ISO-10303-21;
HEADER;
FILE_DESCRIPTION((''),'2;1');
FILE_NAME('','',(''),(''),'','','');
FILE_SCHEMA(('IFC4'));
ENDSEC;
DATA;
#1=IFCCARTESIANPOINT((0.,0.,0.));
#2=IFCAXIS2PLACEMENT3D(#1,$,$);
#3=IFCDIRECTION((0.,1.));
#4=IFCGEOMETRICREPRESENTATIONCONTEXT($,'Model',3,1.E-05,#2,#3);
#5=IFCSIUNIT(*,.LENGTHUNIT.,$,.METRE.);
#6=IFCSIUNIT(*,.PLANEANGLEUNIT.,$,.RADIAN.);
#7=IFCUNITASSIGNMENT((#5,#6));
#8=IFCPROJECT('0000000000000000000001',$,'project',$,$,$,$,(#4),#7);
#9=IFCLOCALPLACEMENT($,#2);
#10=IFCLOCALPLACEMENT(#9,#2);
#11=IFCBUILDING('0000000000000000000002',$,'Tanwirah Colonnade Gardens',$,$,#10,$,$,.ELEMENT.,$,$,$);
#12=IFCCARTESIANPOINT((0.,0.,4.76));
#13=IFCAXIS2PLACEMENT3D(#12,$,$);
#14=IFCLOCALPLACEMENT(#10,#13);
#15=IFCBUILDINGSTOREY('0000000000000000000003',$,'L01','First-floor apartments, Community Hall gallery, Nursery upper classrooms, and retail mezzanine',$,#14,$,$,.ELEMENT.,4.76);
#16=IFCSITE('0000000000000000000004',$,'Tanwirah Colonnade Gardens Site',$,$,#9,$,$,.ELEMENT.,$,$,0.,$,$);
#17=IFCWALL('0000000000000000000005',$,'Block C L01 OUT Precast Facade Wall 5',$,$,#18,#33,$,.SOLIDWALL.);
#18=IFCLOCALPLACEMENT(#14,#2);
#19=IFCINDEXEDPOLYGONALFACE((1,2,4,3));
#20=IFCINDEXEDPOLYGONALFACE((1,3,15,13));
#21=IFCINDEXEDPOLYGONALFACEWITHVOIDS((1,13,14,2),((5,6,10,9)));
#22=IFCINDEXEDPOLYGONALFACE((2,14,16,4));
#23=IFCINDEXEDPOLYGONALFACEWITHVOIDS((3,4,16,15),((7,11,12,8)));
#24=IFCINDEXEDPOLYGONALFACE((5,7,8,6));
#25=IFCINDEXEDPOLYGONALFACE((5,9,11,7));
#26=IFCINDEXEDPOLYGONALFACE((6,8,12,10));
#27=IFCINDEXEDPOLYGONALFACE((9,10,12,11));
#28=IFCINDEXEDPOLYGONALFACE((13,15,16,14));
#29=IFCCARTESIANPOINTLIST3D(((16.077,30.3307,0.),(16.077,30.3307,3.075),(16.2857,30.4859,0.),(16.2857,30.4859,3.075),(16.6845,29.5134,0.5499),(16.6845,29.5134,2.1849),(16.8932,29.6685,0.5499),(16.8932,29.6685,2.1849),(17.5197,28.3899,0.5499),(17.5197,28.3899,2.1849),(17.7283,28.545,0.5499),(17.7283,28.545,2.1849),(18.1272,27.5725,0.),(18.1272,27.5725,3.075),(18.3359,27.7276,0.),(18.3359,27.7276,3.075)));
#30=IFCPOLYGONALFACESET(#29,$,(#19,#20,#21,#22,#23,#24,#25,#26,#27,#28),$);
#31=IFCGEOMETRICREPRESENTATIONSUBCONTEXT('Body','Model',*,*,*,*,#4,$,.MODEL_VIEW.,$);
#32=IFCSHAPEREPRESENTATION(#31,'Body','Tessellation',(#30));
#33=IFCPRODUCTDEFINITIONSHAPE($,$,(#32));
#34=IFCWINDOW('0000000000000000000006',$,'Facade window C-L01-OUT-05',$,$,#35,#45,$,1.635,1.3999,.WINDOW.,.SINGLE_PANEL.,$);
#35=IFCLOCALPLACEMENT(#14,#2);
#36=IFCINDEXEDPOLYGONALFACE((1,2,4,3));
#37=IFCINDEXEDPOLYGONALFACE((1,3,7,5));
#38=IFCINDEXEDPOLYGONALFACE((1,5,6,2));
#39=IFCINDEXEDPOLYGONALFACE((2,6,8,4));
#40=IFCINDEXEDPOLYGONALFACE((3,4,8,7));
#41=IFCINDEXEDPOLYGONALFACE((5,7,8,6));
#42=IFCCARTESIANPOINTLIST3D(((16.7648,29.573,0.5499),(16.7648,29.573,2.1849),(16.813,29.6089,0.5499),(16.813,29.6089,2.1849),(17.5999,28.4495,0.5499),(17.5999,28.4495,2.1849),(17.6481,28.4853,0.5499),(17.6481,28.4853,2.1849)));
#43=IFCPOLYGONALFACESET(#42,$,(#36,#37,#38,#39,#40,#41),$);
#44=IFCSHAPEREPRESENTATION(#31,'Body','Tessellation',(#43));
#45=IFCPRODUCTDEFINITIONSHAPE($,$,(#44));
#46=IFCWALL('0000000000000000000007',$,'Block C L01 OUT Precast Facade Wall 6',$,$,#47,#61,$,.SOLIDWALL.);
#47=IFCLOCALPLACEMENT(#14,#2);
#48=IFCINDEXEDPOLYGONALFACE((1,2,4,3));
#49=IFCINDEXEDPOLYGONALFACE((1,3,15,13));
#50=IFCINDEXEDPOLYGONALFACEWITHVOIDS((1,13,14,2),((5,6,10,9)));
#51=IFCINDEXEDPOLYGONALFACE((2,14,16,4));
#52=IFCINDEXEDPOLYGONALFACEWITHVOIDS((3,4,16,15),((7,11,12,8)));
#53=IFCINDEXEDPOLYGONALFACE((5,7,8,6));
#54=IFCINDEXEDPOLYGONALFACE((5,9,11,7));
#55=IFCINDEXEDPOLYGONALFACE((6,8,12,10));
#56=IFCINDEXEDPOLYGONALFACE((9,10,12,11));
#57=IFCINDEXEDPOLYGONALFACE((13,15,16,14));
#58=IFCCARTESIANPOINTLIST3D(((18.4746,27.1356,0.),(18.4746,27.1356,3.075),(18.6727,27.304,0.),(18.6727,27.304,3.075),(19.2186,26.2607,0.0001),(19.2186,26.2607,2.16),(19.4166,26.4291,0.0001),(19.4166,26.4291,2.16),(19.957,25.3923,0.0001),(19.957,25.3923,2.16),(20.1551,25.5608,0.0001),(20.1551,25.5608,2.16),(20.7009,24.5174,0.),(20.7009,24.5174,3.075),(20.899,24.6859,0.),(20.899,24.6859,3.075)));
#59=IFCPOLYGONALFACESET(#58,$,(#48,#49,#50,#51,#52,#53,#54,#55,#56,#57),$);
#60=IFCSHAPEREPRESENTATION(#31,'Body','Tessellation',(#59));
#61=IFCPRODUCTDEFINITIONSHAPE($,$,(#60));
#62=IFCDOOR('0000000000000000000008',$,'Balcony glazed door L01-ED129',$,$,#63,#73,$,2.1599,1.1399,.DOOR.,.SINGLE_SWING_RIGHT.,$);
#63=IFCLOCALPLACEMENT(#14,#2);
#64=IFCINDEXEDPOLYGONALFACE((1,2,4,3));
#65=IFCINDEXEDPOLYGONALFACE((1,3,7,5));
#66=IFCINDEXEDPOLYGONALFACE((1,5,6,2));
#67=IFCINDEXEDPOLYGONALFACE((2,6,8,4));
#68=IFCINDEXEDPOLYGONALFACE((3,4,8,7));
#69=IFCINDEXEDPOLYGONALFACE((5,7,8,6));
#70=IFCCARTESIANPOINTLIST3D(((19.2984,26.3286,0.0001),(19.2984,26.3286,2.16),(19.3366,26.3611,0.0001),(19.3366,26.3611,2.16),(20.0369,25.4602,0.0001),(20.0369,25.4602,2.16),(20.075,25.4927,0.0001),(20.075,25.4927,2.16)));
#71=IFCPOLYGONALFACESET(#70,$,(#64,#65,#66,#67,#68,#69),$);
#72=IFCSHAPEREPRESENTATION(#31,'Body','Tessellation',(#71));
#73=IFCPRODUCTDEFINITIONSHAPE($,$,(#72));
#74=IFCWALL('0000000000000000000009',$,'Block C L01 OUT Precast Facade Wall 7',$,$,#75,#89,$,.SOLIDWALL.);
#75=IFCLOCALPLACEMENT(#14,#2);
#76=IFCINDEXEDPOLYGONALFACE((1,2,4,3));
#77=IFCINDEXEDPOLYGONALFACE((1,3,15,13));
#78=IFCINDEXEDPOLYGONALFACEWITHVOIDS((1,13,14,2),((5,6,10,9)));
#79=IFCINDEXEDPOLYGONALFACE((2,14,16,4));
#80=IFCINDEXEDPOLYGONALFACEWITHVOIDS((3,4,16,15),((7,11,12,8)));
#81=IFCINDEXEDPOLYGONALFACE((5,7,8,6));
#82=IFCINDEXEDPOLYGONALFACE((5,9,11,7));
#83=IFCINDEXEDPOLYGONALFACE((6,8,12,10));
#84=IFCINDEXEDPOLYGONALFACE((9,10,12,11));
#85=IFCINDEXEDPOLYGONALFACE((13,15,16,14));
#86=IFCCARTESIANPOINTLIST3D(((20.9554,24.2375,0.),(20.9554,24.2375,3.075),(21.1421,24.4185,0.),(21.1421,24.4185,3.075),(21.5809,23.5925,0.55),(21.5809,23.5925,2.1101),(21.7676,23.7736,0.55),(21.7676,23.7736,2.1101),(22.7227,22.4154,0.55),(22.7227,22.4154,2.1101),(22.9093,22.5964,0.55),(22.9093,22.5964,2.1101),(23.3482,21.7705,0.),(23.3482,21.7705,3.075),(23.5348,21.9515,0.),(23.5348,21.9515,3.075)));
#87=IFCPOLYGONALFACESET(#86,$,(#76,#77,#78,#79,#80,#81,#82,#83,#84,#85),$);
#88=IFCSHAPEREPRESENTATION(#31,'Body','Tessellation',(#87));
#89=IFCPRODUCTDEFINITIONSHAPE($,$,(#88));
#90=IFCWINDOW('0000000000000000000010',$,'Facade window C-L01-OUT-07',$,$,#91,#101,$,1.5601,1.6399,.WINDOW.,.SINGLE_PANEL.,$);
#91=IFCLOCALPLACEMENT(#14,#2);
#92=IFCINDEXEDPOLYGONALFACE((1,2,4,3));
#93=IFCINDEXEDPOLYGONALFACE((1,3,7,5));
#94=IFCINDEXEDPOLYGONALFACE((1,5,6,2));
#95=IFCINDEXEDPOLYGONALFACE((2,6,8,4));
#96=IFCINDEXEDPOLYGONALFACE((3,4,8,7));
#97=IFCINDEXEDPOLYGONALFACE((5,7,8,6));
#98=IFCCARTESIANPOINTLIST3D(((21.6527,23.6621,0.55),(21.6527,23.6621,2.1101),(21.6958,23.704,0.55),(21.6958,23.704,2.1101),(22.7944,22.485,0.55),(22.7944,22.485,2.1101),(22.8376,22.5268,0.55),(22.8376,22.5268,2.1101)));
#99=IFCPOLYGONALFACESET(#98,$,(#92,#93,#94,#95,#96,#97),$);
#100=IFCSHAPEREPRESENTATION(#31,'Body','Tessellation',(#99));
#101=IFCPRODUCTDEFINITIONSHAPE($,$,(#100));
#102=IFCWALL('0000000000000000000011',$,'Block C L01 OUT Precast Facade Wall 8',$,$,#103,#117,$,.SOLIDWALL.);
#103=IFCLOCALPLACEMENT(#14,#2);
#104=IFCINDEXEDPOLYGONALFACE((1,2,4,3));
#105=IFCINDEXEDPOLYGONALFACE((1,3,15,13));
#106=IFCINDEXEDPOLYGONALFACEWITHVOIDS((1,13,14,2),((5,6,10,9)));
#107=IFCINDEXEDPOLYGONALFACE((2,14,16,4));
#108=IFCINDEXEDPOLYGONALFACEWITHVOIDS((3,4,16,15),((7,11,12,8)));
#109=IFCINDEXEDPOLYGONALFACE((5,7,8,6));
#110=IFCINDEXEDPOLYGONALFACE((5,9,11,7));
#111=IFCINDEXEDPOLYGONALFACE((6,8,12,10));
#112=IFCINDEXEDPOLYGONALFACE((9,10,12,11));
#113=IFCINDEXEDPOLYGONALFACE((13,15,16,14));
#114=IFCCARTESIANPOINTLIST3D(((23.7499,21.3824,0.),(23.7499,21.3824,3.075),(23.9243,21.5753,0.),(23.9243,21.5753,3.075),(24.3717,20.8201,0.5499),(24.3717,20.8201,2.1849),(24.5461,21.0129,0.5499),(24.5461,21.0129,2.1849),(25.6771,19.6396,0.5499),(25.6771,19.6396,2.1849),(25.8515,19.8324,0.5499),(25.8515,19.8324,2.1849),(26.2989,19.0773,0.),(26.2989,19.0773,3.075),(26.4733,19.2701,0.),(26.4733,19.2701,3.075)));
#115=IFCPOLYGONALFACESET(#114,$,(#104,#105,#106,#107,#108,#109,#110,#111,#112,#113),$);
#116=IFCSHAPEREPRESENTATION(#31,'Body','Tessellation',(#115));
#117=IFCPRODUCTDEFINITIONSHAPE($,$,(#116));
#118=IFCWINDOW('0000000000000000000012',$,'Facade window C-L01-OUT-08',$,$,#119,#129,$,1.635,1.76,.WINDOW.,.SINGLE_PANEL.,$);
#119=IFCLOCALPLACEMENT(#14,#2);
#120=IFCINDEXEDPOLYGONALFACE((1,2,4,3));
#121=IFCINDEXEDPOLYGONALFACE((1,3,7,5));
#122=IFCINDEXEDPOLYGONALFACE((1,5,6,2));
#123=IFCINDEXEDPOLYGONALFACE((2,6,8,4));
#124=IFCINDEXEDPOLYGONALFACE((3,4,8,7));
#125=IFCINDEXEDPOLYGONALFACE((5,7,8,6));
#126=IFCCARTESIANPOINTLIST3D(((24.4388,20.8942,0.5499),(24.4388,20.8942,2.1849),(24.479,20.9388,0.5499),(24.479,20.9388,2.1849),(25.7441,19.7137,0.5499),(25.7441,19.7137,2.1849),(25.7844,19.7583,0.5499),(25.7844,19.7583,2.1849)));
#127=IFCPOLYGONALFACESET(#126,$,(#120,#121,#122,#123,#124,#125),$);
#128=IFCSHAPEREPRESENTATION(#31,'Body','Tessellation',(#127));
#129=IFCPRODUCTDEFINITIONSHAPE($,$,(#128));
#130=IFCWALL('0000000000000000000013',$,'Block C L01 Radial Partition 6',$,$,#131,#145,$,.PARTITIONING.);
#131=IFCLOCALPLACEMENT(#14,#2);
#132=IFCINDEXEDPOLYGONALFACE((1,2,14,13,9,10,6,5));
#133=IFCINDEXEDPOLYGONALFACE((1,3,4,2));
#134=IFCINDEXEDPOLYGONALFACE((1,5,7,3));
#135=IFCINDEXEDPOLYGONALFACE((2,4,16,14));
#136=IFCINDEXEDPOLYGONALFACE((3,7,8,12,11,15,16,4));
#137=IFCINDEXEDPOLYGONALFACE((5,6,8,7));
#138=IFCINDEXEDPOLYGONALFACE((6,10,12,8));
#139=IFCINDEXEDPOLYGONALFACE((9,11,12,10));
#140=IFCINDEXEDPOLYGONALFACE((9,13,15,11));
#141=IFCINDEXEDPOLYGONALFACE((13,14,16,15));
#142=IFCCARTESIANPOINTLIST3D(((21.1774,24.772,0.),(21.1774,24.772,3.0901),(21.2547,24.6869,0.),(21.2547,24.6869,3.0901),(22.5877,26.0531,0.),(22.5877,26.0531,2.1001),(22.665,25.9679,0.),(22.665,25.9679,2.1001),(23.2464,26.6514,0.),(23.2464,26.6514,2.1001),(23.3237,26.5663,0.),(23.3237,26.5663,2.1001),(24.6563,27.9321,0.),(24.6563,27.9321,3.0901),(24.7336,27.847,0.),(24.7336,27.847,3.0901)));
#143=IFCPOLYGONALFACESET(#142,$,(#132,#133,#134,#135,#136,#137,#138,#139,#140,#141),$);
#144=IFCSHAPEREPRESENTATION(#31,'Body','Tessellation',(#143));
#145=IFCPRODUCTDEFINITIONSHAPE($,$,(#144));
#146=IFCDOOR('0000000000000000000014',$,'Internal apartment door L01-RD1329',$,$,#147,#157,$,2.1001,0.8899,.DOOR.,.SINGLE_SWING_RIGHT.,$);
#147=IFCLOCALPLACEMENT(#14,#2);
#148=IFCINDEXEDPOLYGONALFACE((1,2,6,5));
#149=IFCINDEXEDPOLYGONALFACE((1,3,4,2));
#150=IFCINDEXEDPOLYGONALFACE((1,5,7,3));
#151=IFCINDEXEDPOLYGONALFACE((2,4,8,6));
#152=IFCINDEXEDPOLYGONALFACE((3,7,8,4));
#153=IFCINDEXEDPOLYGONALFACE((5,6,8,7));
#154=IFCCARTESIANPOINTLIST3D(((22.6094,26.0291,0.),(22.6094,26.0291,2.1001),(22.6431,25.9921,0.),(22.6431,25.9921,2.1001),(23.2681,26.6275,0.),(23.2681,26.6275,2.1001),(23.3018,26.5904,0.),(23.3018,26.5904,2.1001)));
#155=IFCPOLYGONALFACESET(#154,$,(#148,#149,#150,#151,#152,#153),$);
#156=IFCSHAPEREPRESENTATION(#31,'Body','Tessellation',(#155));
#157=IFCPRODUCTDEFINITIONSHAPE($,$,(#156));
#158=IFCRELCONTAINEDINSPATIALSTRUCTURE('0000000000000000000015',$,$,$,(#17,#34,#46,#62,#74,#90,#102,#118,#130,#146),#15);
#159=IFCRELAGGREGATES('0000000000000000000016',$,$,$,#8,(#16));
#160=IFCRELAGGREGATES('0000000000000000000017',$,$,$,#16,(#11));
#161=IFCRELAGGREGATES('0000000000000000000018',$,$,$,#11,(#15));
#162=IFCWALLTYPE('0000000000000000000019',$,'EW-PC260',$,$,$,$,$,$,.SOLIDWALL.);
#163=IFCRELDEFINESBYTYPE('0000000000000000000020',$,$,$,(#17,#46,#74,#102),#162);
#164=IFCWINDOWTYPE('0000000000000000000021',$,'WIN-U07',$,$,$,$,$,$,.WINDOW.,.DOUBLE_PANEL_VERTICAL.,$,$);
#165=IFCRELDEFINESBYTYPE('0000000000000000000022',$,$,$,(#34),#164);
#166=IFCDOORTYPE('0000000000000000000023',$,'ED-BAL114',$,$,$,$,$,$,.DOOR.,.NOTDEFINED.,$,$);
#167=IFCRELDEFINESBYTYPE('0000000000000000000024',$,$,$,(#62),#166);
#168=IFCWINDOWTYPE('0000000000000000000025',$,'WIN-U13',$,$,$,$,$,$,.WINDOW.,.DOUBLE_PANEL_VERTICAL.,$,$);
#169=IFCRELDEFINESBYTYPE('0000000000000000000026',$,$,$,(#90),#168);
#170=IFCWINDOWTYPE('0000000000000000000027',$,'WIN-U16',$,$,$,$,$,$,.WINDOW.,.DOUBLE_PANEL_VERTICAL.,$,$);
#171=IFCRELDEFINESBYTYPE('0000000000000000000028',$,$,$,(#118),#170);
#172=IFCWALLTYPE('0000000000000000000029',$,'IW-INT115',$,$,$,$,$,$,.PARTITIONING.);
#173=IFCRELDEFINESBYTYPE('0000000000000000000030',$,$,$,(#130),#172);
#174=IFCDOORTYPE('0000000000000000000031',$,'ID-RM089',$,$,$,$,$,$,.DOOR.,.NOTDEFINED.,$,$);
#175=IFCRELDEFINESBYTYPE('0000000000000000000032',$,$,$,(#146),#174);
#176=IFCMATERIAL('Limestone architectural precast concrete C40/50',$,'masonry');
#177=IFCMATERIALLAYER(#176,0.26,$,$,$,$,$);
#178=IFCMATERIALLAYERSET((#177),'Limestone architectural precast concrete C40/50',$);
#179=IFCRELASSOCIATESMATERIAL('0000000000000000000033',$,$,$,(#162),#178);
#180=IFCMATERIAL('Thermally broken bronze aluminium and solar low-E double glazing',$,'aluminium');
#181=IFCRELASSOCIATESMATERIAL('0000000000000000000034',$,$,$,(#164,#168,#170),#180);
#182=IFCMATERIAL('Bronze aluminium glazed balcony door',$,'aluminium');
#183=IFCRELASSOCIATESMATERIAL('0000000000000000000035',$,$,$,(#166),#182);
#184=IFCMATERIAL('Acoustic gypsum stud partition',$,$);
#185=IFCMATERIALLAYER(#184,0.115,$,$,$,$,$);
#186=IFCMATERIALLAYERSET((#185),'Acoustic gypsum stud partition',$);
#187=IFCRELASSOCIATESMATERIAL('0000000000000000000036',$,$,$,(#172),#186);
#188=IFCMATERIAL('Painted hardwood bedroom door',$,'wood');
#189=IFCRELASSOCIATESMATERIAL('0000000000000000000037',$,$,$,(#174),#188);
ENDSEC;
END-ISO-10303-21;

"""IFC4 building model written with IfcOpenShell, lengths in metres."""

from ifc_helpers import new_model, si_unit, direction, frame, frame_2d, origin, place, context, subcontext, project, spatial, rectangle, extrude, material, layer, layer_set, type_object, element, fill, save


model = new_model("IFC4")

# Units and contexts
model_context = context("Model", 3, precision=1e-05, world=origin(), true_north=direction((0.0, 1.0)))
body_context = subcontext(model_context, "Body", "Model", "MODEL_VIEW")
ifc_project = project(units=[si_unit("LENGTHUNIT", "METRE"), si_unit("PLANEANGLEUNIT", "RADIAN")], contexts=[model_context])

# Site, building, storey
site_placement = place(None, origin())
site = spatial("IfcSite", under=ifc_project, at=site_placement, Name="Tanwirah Colonnade Gardens Site", CompositionType="ELEMENT", RefElevation=0.0)
building_placement = place(site_placement, origin())
building = spatial("IfcBuilding", under=site, at=building_placement, Name="Tanwirah Colonnade Gardens", CompositionType="ELEMENT")
storey_placement = place(building_placement, frame((0.0, 0.0, 4.76)))
storey = spatial("IfcBuildingStorey", under=building, at=storey_placement, Name="L01", Description="First-floor apartments, Community Hall gallery, Nursery upper classrooms, and retail mezzanine", CompositionType="ELEMENT", Elevation=4.76)

# Wall, opening, window
ifc_material_1 = material(Name="Limestone architectural precast concrete C40/50", Category="masonry")
ifc_layer_1 = layer(ifc_material_1, 0.26)
ifc_layer_set_1 = layer_set([ifc_layer_1], Name="Limestone architectural precast concrete C40/50")
wall_type_1 = type_object("IfcWallType", Name="EW-PC260", PredefinedType="SOLIDWALL", material=ifc_layer_set_1)
wall_1_placement = place(storey_placement, frame((16.1814, 30.4082, 0.0), z_axis=(0.0, 0.0, 1.0), x_axis=(0.596562, -0.802567, 0.0)))
wall_1 = element("IfcWall", 1, at=wall_1_placement, inside=storey, type_object=wall_type_1, Name="Block C L01 OUT Precast Facade Wall 5", PredefinedType="SOLIDWALL", context=body_context, shape_type="SweptSolid", body=[
    extrude(rectangle(XDim=3.4368, YDim=0.26, at=frame_2d((1.7183, 0.0))), origin(), (0.0, 0.0, 1.0), 3.075),
])
opening_1_placement = place(wall_1_placement, frame((1.0183, 0.0, 0.55)))
opening_1 = element("IfcOpeningElement", 2, at=opening_1_placement, cuts=wall_1, PredefinedType="OPENING", context=body_context, shape_type="SweptSolid", body=[
    extrude(rectangle(XDim=1.3999, YDim=1.635, at=frame_2d((0.7, 0.8174))), frame((0.0, 0.1399, 0.0), z_axis=(0.0, -1.0, 0.0), x_axis=(1.0, 0.0, 0.0)), (0.0, 0.0, 1.0), 0.28),
])
ifc_material_2 = material(Name="Thermally broken bronze aluminium and solar low-E double glazing", Category="aluminium")
window_type_1 = type_object("IfcWindowType", Name="WIN-U07", PartitioningType="DOUBLE_PANEL_VERTICAL", PredefinedType="WINDOW", material=ifc_material_2)
window_1_placement = place(opening_1_placement, origin())
window_1 = element("IfcWindow", 3, at=window_1_placement, inside=storey, type_object=window_type_1, Name="Facade window C-L01-OUT-05", OverallHeight=1.635, OverallWidth=1.3999, PartitioningType="SINGLE_PANEL", PredefinedType="WINDOW", context=body_context, shape_type="SweptSolid", body=[
    extrude(rectangle(XDim=1.3999, YDim=1.635, at=frame_2d((0.7, 0.8174))), frame((0.0, 0.03, 0.0), z_axis=(0.0, -1.0, 0.0), x_axis=(1.0, 0.0, 0.0)), (0.0, 0.0, 1.0), 0.0601),
])
fill(opening_1, window_1)

# Wall, opening, door
wall_2_placement = place(storey_placement, frame((18.5737, 27.2197, 0.0), z_axis=(0.0, 0.0, 1.0), x_axis=(0.647797, -0.761813, 0.0)))
wall_2 = element("IfcWall", 4, at=wall_2_placement, inside=storey, type_object=wall_type_1, Name="Block C L01 OUT Precast Facade Wall 6", PredefinedType="SOLIDWALL", context=body_context, shape_type="SweptSolid", body=[
    extrude(rectangle(XDim=3.4368, YDim=0.26, at=frame_2d((1.7183, 0.0))), origin(), (0.0, 0.0, 1.0), 3.075),
])
opening_2_placement = place(wall_2_placement, frame((1.1484, 0.0, 0.0)))
opening_2 = element("IfcOpeningElement", 5, at=opening_2_placement, cuts=wall_2, PredefinedType="OPENING", context=body_context, shape_type="SweptSolid", body=[
    extrude(rectangle(XDim=1.1399, YDim=2.1599, at=frame_2d((0.5698, 1.0801))), frame((0.0, 0.1399, 0.0), z_axis=(0.0, -1.0, 0.0), x_axis=(1.0, 0.0, 0.0)), (0.0, 0.0, 1.0), 0.28),
])
ifc_material_3 = material(Name="Bronze aluminium glazed balcony door", Category="aluminium")
door_type_1 = type_object("IfcDoorType", Name="ED-BAL114", OperationType="NOTDEFINED", PredefinedType="DOOR", material=ifc_material_3)
door_1_placement = place(opening_2_placement, origin())
door_1 = element("IfcDoor", 6, at=door_1_placement, inside=storey, type_object=door_type_1, Name="Balcony glazed door L01-ED129", OperationType="SINGLE_SWING_RIGHT", OverallHeight=2.1599, OverallWidth=1.1399, PredefinedType="DOOR", context=body_context, shape_type="SweptSolid", body=[
    extrude(rectangle(XDim=1.1399, YDim=2.1599, at=frame_2d((0.5698, 1.0801))), frame((0.0, 0.0249, 0.0), z_axis=(0.0, -1.0, 0.0), x_axis=(1.0, 0.0, 0.0)), (0.0, 0.0, 1.0), 0.05),
])
fill(opening_2, door_1)

# Walls, openings, windows
wall_3_placement = place(storey_placement, frame((21.0488, 24.3279, 0.0), z_axis=(0.0, 0.0, 1.0), x_axis=(0.696227, -0.717822, 0.0)))
wall_3 = element("IfcWall", 7, at=wall_3_placement, inside=storey, type_object=wall_type_1, Name="Block C L01 OUT Precast Facade Wall 7", PredefinedType="SOLIDWALL", context=body_context, shape_type="SweptSolid", body=[
    extrude(rectangle(XDim=3.4368, YDim=0.26, at=frame_2d((1.7183, 0.0))), origin(), (0.0, 0.0, 1.0), 3.075),
])
opening_3_placement = place(wall_3_placement, frame((0.8984, 0.0, 0.55)))
opening_3 = element("IfcOpeningElement", 8, at=opening_3_placement, cuts=wall_3, PredefinedType="OPENING", context=body_context, shape_type="SweptSolid", body=[
    extrude(rectangle(XDim=1.6399, YDim=1.5601, at=frame_2d((0.8198, 0.78))), frame((0.0, 0.1399, 0.0), z_axis=(0.0, -1.0, 0.0), x_axis=(1.0, 0.0, 0.0)), (0.0, 0.0, 1.0), 0.28),
])
window_type_2 = type_object("IfcWindowType", Name="WIN-U13", PartitioningType="DOUBLE_PANEL_VERTICAL", PredefinedType="WINDOW", material=ifc_material_2)
window_2_placement = place(opening_3_placement, origin())
window_2 = element("IfcWindow", 9, at=window_2_placement, inside=storey, type_object=window_type_2, Name="Facade window C-L01-OUT-07", OverallHeight=1.5601, OverallWidth=1.6399, PartitioningType="SINGLE_PANEL", PredefinedType="WINDOW", context=body_context, shape_type="SweptSolid", body=[
    extrude(rectangle(XDim=1.6399, YDim=1.5601, at=frame_2d((0.8198, 0.78))), frame((0.0, 0.03, 0.0), z_axis=(0.0, -1.0, 0.0), x_axis=(1.0, 0.0, 0.0)), (0.0, 0.0, 1.0), 0.0601),
])
fill(opening_3, window_2)
wall_4_placement = place(storey_placement, frame((23.8372, 21.4788, 0.0), z_axis=(0.0, 0.0, 1.0), x_axis=(0.741699, -0.670733, 0.0)))
wall_4 = element("IfcWall", 10, at=wall_4_placement, inside=storey, type_object=wall_type_1, Name="Block C L01 OUT Precast Facade Wall 8", PredefinedType="SOLIDWALL", context=body_context, shape_type="SweptSolid", body=[
    extrude(rectangle(XDim=3.4368, YDim=0.26, at=frame_2d((1.7183, 0.0))), origin(), (0.0, 0.0, 1.0), 3.075),
])
opening_4_placement = place(wall_4_placement, frame((0.8384, 0.0, 0.55)))
opening_4 = element("IfcOpeningElement", 11, at=opening_4_placement, cuts=wall_4, PredefinedType="OPENING", context=body_context, shape_type="SweptSolid", body=[
    extrude(rectangle(XDim=1.76, YDim=1.635, at=frame_2d((0.8799, 0.8174))), frame((0.0, 0.1399, 0.0), z_axis=(0.0, -1.0, 0.0), x_axis=(1.0, 0.0, 0.0)), (0.0, 0.0, 1.0), 0.28),
])
window_type_3 = type_object("IfcWindowType", Name="WIN-U16", PartitioningType="DOUBLE_PANEL_VERTICAL", PredefinedType="WINDOW", material=ifc_material_2)
window_3_placement = place(opening_4_placement, origin())
window_3 = element("IfcWindow", 12, at=window_3_placement, inside=storey, type_object=window_type_3, Name="Facade window C-L01-OUT-08", OverallHeight=1.635, OverallWidth=1.76, PartitioningType="SINGLE_PANEL", PredefinedType="WINDOW", context=body_context, shape_type="SweptSolid", body=[
    extrude(rectangle(XDim=1.76, YDim=1.635, at=frame_2d((0.8799, 0.8174))), frame((0.0, 0.03, 0.0), z_axis=(0.0, -1.0, 0.0), x_axis=(1.0, 0.0, 0.0)), (0.0, 0.0, 1.0), 0.0601),
])
fill(opening_4, window_3)

# Wall, opening, door
ifc_material_4 = material(Name="Acoustic gypsum stud partition")
ifc_layer_2 = layer(ifc_material_4, 0.115)
ifc_layer_set_2 = layer_set([ifc_layer_2], Name="Acoustic gypsum stud partition")
wall_type_2 = type_object("IfcWallType", Name="IW-INT115", PredefinedType="PARTITIONING", material=ifc_layer_set_2)
wall_5_placement = place(storey_placement, frame((24.6951, 27.8896, 0.0), z_axis=(0.0, 0.0, 1.0), x_axis=(-0.740213, -0.672373, 0.0)))
wall_5 = element("IfcWall", 13, at=wall_5_placement, inside=storey, type_object=wall_type_2, Name="Block C L01 Radial Partition 6", PredefinedType="PARTITIONING", context=body_context, shape_type="SweptSolid", body=[
    extrude(rectangle(XDim=4.7, YDim=0.115, at=frame_2d((2.3501, 0.0))), origin(), (0.0, 0.0, 1.0), 3.0901),
])
opening_5_placement = place(wall_5_placement, frame((1.905, 0.0, 0.0)))
opening_5 = element("IfcOpeningElement", 14, at=opening_5_placement, cuts=wall_5, PredefinedType="OPENING", context=body_context, shape_type="SweptSolid", body=[
    extrude(rectangle(XDim=0.8899, YDim=2.1001, at=frame_2d((0.4448, 1.05))), frame((0.0, 0.0674, 0.0), z_axis=(0.0, -1.0, 0.0), x_axis=(1.0, 0.0, 0.0)), (0.0, 0.0, 1.0), 0.135),
])
ifc_material_5 = material(Name="Painted hardwood bedroom door", Category="wood")
door_type_2 = type_object("IfcDoorType", Name="ID-RM089", OperationType="NOTDEFINED", PredefinedType="DOOR", material=ifc_material_5)
door_2_placement = place(opening_5_placement, origin())
door_2 = element("IfcDoor", 15, at=door_2_placement, inside=storey, type_object=door_type_2, Name="Internal apartment door L01-RD1329", OperationType="SINGLE_SWING_RIGHT", OverallHeight=2.1001, OverallWidth=0.8899, PredefinedType="DOOR", context=body_context, shape_type="SweptSolid", body=[
    extrude(rectangle(XDim=0.8899, YDim=2.1001, at=frame_2d((0.4448, 1.05))), frame((0.0, 0.0249, 0.0), z_axis=(0.0, -1.0, 0.0), x_axis=(1.0, 0.0, 0.0)), (0.0, 0.0, 1.0), 0.05),
])
fill(opening_5, door_2)

save(model, "model.ifc")
